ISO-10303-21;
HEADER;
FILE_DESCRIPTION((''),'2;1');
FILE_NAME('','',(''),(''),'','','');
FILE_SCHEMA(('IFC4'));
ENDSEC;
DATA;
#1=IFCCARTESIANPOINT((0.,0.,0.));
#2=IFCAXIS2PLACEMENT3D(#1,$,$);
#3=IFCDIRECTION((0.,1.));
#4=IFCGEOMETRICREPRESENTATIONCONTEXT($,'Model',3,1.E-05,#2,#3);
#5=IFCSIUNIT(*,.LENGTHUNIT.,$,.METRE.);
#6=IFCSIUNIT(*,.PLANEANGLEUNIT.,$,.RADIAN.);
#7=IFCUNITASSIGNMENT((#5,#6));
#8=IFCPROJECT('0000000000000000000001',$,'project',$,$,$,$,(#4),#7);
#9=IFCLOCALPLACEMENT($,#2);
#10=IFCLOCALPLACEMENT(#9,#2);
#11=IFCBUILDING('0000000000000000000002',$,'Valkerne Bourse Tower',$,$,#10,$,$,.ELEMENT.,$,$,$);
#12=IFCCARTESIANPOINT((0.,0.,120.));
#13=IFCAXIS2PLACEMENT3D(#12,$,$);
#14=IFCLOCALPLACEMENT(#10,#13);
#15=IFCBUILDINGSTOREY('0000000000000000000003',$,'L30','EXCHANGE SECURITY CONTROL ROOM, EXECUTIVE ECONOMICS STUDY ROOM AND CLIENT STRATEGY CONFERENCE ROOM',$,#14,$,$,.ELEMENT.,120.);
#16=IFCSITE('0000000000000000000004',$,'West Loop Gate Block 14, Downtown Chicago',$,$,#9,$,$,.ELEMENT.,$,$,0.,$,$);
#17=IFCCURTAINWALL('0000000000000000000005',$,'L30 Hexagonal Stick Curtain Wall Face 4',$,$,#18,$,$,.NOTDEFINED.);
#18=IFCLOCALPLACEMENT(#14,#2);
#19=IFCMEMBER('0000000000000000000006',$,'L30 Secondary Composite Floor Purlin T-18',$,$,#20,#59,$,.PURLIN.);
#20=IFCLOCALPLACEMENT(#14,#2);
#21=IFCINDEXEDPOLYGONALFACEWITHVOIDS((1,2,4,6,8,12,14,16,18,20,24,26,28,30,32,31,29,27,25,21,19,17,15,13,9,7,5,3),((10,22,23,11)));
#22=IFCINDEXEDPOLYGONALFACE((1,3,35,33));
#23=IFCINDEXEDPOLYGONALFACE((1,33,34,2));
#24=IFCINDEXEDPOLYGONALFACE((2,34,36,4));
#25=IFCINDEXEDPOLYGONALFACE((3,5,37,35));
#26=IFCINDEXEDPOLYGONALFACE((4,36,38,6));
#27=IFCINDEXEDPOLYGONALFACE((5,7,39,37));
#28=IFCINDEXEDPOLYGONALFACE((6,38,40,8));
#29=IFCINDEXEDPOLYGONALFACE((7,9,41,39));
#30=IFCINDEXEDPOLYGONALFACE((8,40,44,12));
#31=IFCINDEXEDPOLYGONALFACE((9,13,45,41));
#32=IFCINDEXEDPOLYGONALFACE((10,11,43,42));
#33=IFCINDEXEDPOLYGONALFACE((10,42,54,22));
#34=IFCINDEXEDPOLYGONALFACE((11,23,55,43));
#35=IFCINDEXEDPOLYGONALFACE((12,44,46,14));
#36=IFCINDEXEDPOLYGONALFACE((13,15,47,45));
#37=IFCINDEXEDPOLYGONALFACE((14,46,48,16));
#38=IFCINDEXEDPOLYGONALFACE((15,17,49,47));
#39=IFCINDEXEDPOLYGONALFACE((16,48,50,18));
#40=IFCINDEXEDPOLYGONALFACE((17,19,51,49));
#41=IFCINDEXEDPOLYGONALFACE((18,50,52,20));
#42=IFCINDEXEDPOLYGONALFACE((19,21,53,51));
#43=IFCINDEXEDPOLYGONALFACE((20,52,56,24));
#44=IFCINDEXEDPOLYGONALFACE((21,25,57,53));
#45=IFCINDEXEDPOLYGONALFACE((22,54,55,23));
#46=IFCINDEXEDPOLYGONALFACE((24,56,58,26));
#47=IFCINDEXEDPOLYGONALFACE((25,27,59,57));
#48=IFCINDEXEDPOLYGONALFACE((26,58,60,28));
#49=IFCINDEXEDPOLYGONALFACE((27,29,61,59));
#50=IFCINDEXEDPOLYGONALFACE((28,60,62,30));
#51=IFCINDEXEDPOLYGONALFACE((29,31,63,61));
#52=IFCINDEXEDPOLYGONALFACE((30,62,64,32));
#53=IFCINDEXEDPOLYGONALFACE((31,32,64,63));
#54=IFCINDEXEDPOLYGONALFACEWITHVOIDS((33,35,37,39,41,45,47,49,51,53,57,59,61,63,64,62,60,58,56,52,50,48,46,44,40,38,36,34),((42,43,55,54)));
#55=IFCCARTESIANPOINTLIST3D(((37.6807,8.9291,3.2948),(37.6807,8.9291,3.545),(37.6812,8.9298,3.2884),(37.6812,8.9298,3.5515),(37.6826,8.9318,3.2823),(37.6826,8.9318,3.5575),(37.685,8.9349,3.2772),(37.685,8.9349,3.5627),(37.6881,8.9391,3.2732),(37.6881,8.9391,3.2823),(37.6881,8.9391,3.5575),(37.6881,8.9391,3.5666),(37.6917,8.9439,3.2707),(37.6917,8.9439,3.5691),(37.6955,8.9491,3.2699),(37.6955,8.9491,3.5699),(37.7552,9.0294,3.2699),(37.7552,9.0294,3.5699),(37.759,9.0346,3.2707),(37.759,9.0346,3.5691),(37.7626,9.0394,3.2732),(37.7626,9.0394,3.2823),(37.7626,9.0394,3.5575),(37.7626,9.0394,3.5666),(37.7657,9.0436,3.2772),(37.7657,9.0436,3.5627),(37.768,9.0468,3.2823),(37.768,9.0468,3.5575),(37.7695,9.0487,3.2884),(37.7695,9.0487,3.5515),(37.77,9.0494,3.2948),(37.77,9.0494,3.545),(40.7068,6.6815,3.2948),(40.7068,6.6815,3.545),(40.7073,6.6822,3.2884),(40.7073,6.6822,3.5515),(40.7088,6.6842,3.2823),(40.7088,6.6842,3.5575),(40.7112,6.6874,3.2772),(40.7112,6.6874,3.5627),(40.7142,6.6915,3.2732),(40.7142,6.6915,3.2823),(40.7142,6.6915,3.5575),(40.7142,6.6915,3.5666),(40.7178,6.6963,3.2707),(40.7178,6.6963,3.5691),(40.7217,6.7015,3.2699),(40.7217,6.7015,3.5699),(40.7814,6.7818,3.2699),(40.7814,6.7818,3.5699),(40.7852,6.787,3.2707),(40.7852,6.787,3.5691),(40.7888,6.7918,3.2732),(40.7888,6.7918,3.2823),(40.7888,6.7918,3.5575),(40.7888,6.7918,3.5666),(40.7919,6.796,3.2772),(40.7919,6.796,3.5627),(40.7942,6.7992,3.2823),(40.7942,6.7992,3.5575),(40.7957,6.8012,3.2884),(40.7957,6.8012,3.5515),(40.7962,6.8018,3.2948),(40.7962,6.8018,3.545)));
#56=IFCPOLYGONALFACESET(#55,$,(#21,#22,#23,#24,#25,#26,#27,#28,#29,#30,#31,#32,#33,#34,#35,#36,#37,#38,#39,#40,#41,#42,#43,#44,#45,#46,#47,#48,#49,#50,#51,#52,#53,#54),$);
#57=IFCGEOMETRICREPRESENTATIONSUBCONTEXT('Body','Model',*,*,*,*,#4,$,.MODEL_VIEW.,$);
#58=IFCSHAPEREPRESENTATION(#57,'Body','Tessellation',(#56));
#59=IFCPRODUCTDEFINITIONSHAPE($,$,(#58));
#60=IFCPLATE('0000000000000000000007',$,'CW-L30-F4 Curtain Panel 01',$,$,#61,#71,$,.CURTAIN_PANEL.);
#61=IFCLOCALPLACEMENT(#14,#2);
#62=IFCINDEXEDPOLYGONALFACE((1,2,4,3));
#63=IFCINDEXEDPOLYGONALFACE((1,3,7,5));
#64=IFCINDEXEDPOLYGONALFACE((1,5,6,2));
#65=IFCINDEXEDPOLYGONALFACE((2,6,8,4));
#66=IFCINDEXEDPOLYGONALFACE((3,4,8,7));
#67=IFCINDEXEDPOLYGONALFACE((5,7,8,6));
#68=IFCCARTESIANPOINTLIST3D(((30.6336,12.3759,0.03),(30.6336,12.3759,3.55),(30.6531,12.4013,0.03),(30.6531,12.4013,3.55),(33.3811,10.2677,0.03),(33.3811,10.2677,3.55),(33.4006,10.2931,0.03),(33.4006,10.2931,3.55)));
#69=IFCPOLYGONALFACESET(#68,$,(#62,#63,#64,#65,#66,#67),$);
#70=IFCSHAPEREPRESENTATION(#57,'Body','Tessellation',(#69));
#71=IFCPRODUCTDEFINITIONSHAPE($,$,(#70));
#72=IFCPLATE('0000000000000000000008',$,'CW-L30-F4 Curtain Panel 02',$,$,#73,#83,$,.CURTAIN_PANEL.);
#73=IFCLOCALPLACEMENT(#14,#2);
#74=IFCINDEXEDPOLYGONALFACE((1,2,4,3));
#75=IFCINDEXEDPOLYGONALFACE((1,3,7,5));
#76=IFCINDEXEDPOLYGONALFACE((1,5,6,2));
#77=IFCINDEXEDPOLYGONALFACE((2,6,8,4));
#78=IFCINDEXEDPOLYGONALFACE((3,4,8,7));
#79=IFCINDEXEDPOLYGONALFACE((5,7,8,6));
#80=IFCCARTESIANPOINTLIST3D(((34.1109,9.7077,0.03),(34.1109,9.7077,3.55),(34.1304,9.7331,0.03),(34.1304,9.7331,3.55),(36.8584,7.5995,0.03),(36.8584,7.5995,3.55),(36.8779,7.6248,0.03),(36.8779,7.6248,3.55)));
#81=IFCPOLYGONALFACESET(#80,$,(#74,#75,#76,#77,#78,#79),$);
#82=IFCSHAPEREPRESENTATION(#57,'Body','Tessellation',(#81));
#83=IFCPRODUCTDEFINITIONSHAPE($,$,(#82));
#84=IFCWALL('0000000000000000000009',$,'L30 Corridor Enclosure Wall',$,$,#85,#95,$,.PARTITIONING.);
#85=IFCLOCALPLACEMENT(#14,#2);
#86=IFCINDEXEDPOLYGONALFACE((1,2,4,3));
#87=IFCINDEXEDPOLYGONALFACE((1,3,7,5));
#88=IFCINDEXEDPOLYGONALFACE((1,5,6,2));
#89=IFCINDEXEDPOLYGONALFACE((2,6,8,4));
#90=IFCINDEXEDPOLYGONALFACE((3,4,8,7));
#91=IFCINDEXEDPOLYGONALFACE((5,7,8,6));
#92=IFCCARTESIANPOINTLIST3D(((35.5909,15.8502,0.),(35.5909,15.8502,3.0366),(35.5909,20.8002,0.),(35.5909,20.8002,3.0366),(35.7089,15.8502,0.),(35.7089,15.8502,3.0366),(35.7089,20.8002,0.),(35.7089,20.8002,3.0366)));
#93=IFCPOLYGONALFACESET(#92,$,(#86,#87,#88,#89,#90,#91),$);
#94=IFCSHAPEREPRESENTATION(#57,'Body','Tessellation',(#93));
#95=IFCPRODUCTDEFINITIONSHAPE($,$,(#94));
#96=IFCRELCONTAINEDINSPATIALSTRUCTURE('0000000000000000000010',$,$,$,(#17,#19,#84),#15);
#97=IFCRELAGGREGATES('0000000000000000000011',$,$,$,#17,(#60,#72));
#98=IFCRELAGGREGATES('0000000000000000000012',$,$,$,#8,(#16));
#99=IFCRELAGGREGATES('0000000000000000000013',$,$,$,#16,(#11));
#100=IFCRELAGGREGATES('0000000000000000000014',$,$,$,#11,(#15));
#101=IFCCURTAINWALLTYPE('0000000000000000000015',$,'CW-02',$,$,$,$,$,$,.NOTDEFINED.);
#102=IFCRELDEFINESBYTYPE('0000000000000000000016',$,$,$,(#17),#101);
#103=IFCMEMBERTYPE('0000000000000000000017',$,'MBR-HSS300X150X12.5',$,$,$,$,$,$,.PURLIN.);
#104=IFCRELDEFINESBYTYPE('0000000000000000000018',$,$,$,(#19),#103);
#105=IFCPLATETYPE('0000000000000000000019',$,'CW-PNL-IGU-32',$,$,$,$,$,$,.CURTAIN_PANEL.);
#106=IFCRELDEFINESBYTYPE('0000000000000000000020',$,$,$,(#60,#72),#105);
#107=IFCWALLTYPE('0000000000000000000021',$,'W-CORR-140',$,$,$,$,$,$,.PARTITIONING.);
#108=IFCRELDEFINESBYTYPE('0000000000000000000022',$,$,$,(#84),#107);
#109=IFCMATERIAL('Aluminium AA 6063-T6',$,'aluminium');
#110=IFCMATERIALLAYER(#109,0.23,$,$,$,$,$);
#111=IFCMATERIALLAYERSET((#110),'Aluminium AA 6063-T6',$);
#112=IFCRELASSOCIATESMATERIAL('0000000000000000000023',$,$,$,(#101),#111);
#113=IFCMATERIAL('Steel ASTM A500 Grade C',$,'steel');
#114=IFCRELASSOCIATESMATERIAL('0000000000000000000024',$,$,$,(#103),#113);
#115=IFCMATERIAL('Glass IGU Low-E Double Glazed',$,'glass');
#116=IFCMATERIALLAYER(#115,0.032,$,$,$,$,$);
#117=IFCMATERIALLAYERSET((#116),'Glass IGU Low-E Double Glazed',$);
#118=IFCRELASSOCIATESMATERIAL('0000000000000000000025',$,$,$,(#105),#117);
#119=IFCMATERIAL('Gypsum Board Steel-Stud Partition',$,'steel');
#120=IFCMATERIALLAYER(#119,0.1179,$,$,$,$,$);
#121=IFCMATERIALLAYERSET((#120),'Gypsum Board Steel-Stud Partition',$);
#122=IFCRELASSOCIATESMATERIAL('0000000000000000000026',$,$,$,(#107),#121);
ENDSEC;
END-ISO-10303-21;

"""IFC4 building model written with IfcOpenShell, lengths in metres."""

from ifc_helpers import new_model, si_unit, direction, frame, frame_2d, origin, origin_2d, place, context, subcontext, project, spatial, rectangle, hollow_rectangle, extrude, material, layer, layer_set, material_profile, profile_set, type_object, element, aggregate, save


model = new_model("IFC4")

# Units and contexts
model_context = context("Model", 3, precision=1e-05, world=origin(), true_north=direction((0.0, 1.0)))
body_context = subcontext(model_context, "Body", "Model", "MODEL_VIEW")
ifc_project = project(units=[si_unit("LENGTHUNIT", "METRE"), si_unit("PLANEANGLEUNIT", "RADIAN")], contexts=[model_context])

# Site, building, storey
site_placement = place(None, origin())
site = spatial("IfcSite", under=ifc_project, at=site_placement, Name="West Loop Gate Block 14, Downtown Chicago", CompositionType="ELEMENT", RefElevation=0.0)
building_placement = place(site_placement, origin())
building = spatial("IfcBuilding", under=site, at=building_placement, Name="Valkerne Bourse Tower", CompositionType="ELEMENT")
storey_placement = place(building_placement, frame((0.0, 0.0, 120.0)))
storey = spatial("IfcBuildingStorey", under=building, at=storey_placement, Name="L30", Description="EXCHANGE SECURITY CONTROL ROOM, EXECUTIVE ECONOMICS STUDY ROOM AND CLIENT STRATEGY CONFERENCE ROOM", CompositionType="ELEMENT", Elevation=120.0)

# Curtain wall
ifc_material_1 = material(Name="Aluminium AA 6063-T6", Category="aluminium")
ifc_layer_1 = layer(ifc_material_1, 0.23)
ifc_layer_set_1 = layer_set([ifc_layer_1], Name="Aluminium AA 6063-T6")
curtain_wall_type = type_object("IfcCurtainWallType", Name="CW-02", PredefinedType="NOTDEFINED", material=ifc_layer_set_1)
curtain_wall_placement = place(storey_placement, origin())
curtain_wall = element("IfcCurtainWall", 1, at=curtain_wall_placement, inside=storey, type_object=curtain_wall_type, Name="L30 Hexagonal Stick Curtain Wall Face 4", PredefinedType="NOTDEFINED")

# Member
ifc_material_2 = material(Name="Steel ASTM A500 Grade C", Category="steel")
ifc_material_profile_1 = material_profile(ifc_material_2, hollow_rectangle(XDim=0.1499, YDim=0.3, WallThickness=0.0125, OuterFilletRadius=0.0249, at=origin_2d()), Name="HSS300X150X12.5")
ifc_profile_set_1 = profile_set([ifc_material_profile_1], Name="Steel ASTM A500 Grade C")
member_type_1 = type_object("IfcMemberType", Name="MBR-HSS300X150X12.5", PredefinedType="PURLIN", material=ifc_profile_set_1)
member_1_placement = place(storey_placement, frame((37.7253, 8.9893, 3.4199), z_axis=(0.802797, -0.596252, 0.0), x_axis=(0.596252, 0.802797, 0.0)))
element("IfcMember", 2, at=member_1_placement, inside=storey, type_object=member_type_1, Name="L30 Secondary Composite Floor Purlin T-18", PredefinedType="PURLIN", context=body_context, shape_type="SweptSolid", body=[
    extrude(hollow_rectangle(XDim=0.1499, YDim=0.3, WallThickness=0.0125, OuterFilletRadius=0.0249, at=origin_2d()), origin(), (0.0, 0.0, 1.0), 3.7695),
])

# Plates
ifc_material_3 = material(Name="Glass IGU Low-E Double Glazed", Category="glass")
ifc_layer_2 = layer(ifc_material_3, 0.032)
ifc_layer_set_2 = layer_set([ifc_layer_2], Name="Glass IGU Low-E Double Glazed")
plate_type = type_object("IfcPlateType", Name="CW-PNL-IGU-32", PredefinedType="CURTAIN_PANEL", material=ifc_layer_set_2)
plate_1_placement = place(storey_placement, frame((32.0171, 11.3345, 0.03), z_axis=(0.0, 0.0, 1.0), x_axis=(0.793356, -0.608758, 0.0)))
plate_1 = element("IfcPlate", 3, at=plate_1_placement, type_object=plate_type, Name="CW-L30-F4 Curtain Panel 01", PredefinedType="CURTAIN_PANEL", context=body_context, shape_type="SweptSolid", body=[
    extrude(rectangle(XDim=3.4631, YDim=0.032, at=origin_2d()), origin(), (0.0, 0.0, 1.0), 3.52),
])
plate_2_placement = place(storey_placement, frame((35.4944, 8.6663, 0.03), z_axis=(0.0, 0.0, 1.0), x_axis=(0.793356, -0.608758, 0.0)))
plate_2 = element("IfcPlate", 4, at=plate_2_placement, type_object=plate_type, Name="CW-L30-F4 Curtain Panel 02", PredefinedType="CURTAIN_PANEL", context=body_context, shape_type="SweptSolid", body=[
    extrude(rectangle(XDim=3.4631, YDim=0.032, at=origin_2d()), origin(), (0.0, 0.0, 1.0), 3.52),
])
aggregate(curtain_wall, [plate_1, plate_2])

# Wall
ifc_material_4 = material(Name="Gypsum Board Steel-Stud Partition", Category="steel")
ifc_layer_3 = layer(ifc_material_4, 0.1179)
ifc_layer_set_3 = layer_set([ifc_layer_3], Name="Gypsum Board Steel-Stud Partition")
wall_type = type_object("IfcWallType", Name="W-CORR-140", PredefinedType="PARTITIONING", material=ifc_layer_set_3)
wall_placement = place(storey_placement, frame((35.6499, 15.8501, 0.0), z_axis=(0.0, 0.0, 1.0), x_axis=(0.0, 1.0, 0.0)))
element("IfcWall", 5, at=wall_placement, inside=storey, type_object=wall_type, Name="L30 Corridor Enclosure Wall", PredefinedType="PARTITIONING", context=body_context, shape_type="SweptSolid", body=[
    extrude(rectangle(XDim=4.95, YDim=0.1179, at=frame_2d((2.4751, 0.0))), origin(), (0.0, 0.0, 1.0), 3.0366),
])

save(model, "model.ifc")
